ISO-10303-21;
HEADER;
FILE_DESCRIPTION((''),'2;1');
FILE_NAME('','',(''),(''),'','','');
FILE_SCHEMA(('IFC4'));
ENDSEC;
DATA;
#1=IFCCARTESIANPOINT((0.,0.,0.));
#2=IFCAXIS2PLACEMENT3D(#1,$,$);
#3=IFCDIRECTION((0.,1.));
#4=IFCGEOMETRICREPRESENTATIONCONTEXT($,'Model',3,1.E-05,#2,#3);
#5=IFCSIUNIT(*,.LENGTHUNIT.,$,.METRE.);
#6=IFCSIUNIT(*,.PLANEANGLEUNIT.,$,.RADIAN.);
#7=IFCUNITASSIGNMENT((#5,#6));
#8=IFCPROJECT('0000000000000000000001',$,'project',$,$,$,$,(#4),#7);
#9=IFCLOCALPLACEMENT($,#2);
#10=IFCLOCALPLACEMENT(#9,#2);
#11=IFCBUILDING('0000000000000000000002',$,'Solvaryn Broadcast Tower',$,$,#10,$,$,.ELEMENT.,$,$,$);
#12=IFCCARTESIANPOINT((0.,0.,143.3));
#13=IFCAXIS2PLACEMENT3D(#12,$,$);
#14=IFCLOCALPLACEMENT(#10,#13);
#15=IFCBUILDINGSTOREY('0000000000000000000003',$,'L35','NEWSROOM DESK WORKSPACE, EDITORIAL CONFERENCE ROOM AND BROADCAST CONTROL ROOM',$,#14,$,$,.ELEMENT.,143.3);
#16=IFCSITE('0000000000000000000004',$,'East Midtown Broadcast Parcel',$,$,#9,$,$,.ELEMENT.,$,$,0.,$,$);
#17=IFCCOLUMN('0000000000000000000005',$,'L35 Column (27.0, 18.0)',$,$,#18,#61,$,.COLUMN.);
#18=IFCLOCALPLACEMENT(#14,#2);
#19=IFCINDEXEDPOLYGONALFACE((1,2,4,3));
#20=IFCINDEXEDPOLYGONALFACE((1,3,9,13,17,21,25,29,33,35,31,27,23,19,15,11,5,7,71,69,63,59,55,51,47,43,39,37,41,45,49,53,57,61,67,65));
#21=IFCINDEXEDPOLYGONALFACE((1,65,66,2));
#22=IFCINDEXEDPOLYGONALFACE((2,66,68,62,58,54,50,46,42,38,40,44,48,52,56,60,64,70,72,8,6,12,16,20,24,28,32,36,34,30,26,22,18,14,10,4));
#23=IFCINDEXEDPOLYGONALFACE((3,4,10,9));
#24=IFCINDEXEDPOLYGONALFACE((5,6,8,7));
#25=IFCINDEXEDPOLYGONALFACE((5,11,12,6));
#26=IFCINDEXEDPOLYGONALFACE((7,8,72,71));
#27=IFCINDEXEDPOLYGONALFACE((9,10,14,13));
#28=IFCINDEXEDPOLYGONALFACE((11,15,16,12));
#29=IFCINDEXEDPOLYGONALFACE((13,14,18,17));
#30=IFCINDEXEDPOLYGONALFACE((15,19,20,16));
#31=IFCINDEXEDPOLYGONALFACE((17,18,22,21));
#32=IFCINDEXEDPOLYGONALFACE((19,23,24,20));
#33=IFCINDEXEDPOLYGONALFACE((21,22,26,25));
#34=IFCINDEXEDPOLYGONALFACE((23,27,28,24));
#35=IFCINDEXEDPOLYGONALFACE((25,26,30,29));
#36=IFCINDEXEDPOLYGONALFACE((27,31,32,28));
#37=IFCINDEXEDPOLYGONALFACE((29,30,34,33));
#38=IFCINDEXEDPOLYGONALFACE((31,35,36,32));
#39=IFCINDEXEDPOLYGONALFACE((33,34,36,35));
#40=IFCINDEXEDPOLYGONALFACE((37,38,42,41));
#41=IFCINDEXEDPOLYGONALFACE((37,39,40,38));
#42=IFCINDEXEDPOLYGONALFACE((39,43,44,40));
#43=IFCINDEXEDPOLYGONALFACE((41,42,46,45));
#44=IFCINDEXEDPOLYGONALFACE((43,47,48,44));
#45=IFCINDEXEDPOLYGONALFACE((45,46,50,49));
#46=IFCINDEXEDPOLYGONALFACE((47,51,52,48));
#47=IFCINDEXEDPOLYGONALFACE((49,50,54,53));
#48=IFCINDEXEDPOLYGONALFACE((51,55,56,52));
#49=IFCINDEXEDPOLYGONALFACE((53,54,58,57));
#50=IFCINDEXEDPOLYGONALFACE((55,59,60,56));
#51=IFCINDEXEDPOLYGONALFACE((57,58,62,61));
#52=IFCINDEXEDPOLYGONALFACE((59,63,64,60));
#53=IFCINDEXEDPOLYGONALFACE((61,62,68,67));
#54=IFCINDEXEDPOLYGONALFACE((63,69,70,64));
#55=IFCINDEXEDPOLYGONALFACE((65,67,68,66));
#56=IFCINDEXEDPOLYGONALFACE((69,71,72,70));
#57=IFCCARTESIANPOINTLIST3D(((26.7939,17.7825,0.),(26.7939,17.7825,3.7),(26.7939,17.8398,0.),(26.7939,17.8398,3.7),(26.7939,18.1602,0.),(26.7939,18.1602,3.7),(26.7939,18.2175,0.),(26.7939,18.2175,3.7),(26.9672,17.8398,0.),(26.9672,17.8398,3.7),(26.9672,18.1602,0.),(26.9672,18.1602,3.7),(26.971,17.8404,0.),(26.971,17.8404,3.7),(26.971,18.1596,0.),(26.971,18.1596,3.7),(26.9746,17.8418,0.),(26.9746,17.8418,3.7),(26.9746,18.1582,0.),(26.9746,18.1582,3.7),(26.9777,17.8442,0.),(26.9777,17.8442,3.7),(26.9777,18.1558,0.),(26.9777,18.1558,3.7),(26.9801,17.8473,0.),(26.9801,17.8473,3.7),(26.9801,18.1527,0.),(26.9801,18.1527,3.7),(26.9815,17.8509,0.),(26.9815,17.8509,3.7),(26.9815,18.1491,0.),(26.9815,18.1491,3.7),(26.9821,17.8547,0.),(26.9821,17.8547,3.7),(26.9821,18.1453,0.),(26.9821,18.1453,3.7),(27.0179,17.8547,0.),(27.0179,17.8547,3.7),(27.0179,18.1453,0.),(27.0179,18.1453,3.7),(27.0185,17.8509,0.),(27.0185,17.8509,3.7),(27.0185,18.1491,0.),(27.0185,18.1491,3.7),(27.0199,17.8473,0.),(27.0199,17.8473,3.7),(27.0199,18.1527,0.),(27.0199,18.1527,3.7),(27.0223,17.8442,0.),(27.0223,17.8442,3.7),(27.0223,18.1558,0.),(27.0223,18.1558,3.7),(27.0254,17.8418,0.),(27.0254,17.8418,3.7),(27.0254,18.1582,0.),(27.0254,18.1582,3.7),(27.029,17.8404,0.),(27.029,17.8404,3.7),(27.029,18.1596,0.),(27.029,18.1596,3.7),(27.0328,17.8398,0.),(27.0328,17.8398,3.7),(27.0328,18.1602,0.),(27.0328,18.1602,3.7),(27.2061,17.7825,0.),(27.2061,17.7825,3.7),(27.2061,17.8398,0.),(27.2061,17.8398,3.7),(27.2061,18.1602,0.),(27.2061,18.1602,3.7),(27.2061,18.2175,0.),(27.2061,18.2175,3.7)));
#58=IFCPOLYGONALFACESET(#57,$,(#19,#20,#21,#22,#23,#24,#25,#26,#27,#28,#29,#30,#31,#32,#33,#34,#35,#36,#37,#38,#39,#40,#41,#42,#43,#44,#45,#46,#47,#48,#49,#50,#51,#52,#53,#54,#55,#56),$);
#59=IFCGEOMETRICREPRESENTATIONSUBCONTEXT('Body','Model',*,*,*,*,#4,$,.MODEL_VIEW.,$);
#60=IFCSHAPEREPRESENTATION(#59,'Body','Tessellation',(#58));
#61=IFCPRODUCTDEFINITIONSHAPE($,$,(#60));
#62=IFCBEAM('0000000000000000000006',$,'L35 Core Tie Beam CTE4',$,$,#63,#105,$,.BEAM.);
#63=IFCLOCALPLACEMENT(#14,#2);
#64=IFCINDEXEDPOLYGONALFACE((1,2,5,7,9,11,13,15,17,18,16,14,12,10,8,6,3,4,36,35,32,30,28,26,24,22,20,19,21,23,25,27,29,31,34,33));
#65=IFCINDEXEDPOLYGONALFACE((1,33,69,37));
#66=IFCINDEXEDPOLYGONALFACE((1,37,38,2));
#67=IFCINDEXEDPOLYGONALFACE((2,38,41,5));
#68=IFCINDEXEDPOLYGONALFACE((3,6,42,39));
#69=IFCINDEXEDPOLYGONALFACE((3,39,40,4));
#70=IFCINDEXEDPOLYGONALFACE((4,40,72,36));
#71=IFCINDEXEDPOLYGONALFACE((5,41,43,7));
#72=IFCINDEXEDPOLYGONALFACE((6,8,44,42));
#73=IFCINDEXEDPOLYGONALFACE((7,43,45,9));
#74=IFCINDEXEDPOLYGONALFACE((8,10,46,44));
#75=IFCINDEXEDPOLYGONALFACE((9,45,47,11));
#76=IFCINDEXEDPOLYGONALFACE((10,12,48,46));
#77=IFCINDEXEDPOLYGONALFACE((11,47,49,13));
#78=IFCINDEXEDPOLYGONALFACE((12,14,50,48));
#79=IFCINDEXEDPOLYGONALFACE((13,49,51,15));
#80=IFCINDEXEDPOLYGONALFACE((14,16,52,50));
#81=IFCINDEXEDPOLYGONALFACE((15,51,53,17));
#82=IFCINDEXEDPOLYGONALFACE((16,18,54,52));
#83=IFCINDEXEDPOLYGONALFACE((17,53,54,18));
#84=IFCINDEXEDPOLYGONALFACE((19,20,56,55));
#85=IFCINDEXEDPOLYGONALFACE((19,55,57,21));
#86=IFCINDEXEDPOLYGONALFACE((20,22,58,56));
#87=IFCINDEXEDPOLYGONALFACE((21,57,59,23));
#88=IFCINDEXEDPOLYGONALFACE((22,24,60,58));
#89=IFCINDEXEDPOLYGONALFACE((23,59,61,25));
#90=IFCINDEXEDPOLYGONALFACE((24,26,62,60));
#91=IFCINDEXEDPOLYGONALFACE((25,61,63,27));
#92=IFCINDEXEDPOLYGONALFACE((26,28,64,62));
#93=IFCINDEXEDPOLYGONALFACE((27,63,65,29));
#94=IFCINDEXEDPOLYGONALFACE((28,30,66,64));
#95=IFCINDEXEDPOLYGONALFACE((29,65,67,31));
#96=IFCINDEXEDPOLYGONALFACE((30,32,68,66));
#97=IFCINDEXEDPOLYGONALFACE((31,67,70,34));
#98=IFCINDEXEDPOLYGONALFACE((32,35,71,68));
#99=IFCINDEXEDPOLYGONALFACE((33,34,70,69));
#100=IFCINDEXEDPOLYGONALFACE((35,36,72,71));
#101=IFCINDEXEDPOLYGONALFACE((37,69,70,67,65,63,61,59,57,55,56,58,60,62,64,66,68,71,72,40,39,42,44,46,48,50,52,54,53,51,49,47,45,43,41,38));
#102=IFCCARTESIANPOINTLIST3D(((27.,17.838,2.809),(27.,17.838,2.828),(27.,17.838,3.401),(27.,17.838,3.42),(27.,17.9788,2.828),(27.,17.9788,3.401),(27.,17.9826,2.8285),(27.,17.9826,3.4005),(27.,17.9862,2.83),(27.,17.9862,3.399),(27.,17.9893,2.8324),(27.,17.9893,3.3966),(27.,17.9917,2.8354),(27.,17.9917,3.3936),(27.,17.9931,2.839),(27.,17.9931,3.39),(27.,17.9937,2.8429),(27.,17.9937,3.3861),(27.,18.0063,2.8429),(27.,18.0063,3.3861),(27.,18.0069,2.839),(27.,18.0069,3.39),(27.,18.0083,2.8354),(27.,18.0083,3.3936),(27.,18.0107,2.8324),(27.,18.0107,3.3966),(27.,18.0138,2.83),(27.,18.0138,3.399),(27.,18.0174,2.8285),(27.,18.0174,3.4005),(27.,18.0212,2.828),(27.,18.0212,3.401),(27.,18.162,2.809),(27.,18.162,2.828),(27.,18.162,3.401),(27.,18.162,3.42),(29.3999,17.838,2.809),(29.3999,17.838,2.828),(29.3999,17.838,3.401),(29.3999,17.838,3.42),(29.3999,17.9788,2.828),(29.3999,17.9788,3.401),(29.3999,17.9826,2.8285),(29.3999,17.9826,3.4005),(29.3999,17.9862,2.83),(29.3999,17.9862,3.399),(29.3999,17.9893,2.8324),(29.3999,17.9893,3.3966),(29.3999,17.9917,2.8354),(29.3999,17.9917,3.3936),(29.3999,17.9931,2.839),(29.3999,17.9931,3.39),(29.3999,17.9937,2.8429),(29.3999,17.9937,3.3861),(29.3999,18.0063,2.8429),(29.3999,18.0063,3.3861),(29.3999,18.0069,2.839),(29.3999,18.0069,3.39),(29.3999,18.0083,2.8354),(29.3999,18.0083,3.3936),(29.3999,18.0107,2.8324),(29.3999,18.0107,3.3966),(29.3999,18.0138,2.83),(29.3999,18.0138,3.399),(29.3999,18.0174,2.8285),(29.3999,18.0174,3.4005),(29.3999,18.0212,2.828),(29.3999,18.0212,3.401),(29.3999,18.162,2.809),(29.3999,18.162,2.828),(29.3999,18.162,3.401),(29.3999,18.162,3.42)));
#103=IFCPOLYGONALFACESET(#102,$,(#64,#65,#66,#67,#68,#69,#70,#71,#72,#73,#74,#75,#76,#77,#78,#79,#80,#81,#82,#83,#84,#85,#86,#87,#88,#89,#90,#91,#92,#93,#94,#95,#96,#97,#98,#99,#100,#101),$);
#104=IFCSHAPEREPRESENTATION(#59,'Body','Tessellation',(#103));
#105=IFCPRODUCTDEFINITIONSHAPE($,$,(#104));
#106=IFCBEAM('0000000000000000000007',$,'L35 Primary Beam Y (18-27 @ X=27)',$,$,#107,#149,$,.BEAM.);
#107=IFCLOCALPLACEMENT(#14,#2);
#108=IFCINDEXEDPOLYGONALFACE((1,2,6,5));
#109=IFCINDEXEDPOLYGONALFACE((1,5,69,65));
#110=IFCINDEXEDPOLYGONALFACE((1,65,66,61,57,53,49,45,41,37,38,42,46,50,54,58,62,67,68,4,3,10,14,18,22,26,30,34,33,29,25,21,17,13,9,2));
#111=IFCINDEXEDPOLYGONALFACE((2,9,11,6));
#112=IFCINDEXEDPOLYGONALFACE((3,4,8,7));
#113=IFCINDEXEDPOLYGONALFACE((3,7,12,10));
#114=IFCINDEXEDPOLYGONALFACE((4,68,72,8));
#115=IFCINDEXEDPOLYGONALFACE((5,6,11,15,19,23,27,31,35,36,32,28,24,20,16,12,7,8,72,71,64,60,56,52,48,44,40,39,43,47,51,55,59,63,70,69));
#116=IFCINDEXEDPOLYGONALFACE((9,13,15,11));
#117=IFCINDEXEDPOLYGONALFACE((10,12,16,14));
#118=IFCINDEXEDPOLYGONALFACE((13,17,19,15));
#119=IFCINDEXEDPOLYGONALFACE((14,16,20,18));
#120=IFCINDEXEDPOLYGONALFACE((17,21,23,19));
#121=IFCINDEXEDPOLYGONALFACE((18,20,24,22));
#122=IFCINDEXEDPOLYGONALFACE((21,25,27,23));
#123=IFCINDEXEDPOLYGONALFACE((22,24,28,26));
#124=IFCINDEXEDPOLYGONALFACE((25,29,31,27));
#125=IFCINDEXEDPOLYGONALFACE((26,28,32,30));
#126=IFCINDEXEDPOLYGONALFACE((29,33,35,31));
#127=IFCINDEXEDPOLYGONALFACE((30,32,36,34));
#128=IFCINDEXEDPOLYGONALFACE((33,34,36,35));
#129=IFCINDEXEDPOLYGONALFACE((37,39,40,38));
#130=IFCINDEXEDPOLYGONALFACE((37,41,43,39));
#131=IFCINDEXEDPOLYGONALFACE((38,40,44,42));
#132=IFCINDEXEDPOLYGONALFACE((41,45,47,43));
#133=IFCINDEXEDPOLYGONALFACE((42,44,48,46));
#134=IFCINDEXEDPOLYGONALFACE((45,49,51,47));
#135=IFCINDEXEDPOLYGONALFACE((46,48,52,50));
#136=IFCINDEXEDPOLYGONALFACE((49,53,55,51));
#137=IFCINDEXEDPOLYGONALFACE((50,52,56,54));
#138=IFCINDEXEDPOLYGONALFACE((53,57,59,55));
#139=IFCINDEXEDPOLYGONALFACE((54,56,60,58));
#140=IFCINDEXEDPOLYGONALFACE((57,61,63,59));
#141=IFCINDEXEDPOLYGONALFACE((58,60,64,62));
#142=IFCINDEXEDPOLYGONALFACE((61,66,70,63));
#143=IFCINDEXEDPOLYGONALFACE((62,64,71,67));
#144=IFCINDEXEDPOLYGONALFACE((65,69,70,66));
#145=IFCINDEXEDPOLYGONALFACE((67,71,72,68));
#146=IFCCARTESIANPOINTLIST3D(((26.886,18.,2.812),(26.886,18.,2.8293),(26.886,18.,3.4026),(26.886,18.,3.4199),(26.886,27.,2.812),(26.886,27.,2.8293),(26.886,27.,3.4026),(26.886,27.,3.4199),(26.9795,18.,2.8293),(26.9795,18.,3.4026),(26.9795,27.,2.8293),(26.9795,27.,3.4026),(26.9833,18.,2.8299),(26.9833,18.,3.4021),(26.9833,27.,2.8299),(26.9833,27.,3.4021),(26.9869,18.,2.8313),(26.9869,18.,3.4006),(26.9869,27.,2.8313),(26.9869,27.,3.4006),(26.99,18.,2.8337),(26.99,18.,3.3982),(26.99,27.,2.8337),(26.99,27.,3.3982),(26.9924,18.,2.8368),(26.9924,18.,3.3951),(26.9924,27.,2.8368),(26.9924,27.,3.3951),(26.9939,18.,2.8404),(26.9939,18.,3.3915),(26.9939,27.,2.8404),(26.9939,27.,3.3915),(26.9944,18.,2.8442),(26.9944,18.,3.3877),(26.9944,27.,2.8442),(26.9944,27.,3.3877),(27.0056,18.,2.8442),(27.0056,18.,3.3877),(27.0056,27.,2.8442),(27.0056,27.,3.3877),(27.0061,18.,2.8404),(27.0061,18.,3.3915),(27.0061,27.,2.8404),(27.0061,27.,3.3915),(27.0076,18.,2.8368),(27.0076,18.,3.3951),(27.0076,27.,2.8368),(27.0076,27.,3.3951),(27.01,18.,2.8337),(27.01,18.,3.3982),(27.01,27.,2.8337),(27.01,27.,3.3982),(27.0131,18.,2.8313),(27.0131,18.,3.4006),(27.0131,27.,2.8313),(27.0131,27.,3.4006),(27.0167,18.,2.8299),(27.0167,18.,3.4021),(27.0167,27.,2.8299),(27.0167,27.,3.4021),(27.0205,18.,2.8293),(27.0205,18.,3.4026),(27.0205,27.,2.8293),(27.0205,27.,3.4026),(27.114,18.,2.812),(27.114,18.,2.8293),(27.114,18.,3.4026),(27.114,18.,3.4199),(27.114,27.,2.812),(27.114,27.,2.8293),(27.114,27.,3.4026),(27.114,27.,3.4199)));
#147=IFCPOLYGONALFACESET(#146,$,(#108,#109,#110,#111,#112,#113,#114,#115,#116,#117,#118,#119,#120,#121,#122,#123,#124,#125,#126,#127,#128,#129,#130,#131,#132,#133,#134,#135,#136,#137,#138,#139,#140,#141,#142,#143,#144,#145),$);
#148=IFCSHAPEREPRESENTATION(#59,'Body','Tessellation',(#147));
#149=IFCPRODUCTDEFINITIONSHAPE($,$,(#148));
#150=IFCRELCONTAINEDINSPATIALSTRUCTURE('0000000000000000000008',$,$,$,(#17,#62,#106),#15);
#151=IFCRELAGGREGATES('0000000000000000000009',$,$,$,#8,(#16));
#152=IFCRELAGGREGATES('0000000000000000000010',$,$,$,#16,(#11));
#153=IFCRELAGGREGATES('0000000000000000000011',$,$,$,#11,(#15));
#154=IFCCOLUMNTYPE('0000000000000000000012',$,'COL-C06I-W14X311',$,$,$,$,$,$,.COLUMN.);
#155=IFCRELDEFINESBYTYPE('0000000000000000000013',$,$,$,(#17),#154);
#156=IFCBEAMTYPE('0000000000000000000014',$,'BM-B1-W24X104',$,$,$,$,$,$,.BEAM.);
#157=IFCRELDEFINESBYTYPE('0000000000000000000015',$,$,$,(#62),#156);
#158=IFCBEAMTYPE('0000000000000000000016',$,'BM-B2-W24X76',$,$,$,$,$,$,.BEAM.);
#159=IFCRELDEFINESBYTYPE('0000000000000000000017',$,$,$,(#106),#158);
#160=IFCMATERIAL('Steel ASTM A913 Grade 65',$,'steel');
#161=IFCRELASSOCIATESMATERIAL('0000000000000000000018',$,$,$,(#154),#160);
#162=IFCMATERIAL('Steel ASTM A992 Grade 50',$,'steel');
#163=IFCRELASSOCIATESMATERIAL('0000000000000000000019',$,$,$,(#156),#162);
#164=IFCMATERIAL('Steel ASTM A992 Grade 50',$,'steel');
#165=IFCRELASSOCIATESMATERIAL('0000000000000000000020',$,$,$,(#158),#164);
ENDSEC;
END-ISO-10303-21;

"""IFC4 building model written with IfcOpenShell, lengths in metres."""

from ifc_helpers import new_model, si_unit, direction, frame, origin, origin_2d, place, context, subcontext, project, spatial, i_section, extrude, material, material_profile, profile_set, type_object, element, save


model = new_model("IFC4")

# Units and contexts
model_context = context("Model", 3, precision=1e-05, world=origin(), true_north=direction((0.0, 1.0)))
body_context = subcontext(model_context, "Body", "Model", "MODEL_VIEW")
ifc_project = project(units=[si_unit("LENGTHUNIT", "METRE"), si_unit("PLANEANGLEUNIT", "RADIAN")], contexts=[model_context])

# Site, building, storey
site_placement = place(None, origin())
site = spatial("IfcSite", under=ifc_project, at=site_placement, Name="East Midtown Broadcast Parcel", CompositionType="ELEMENT", RefElevation=0.0)
building_placement = place(site_placement, origin())
building = spatial("IfcBuilding", under=site, at=building_placement, Name="Solvaryn Broadcast Tower", CompositionType="ELEMENT")
storey_placement = place(building_placement, frame((0.0, 0.0, 143.3)))
storey = spatial("IfcBuildingStorey", under=building, at=storey_placement, Name="L35", Description="NEWSROOM DESK WORKSPACE, EDITORIAL CONFERENCE ROOM AND BROADCAST CONTROL ROOM", CompositionType="ELEMENT", Elevation=143.3)

# Column
ifc_material_1 = material(Name="Steel ASTM A913 Grade 65", Category="steel")
ifc_material_profile_1 = material_profile(ifc_material_1, i_section(OverallWidth=0.4121, OverallDepth=0.4351, WebThickness=0.0359, FlangeThickness=0.0574, FilletRadius=0.0149, at=origin_2d()))
ifc_profile_set_1 = profile_set([ifc_material_profile_1], Name="Steel ASTM A913 Grade 65")
column_type = type_object("IfcColumnType", Name="COL-C06I-W14X311", PredefinedType="COLUMN", material=ifc_profile_set_1)
column_placement = place(storey_placement, frame((27.0, 18.0, 0.0), z_axis=(0.0, 0.0, 1.0), x_axis=(1.0, 0.0, 0.0)))
element("IfcColumn", 1, at=column_placement, inside=storey, type_object=column_type, Name="L35 Column (27.0, 18.0)", PredefinedType="COLUMN", context=body_context, shape_type="SweptSolid", body=[
    extrude(i_section(OverallWidth=0.4121, OverallDepth=0.4351, WebThickness=0.0359, FlangeThickness=0.0574, FilletRadius=0.0149, at=origin_2d()), origin(), (0.0, 0.0, 1.0), 3.7),
])

# Beams
ifc_material_2 = material(Name="Steel ASTM A992 Grade 50", Category="steel")
ifc_material_profile_2 = material_profile(ifc_material_2, i_section(OverallWidth=0.324, OverallDepth=0.6111, WebThickness=0.0127, FlangeThickness=0.019, FilletRadius=0.0149, at=origin_2d()))
ifc_profile_set_2 = profile_set([ifc_material_profile_2], Name="Steel ASTM A992 Grade 50")
beam_type_1 = type_object("IfcBeamType", Name="BM-B1-W24X104", PredefinedType="BEAM", material=ifc_profile_set_2)
beam_1_placement = place(storey_placement, frame((27.0, 18.0, 3.1145), z_axis=(1.0, 0.0, 0.0), x_axis=(0.0, 1.0, 0.0)))
element("IfcBeam", 2, at=beam_1_placement, inside=storey, type_object=beam_type_1, Name="L35 Core Tie Beam CTE4", PredefinedType="BEAM", context=body_context, shape_type="SweptSolid", body=[
    extrude(i_section(OverallWidth=0.324, OverallDepth=0.6111, WebThickness=0.0127, FlangeThickness=0.019, FilletRadius=0.0149, at=origin_2d()), origin(), (0.0, 0.0, 1.0), 2.3999),
])
ifc_material_3 = material(Name="Steel ASTM A992 Grade 50", Category="steel")
ifc_material_profile_3 = material_profile(ifc_material_3, i_section(OverallWidth=0.228, OverallDepth=0.6079, WebThickness=0.0112, FlangeThickness=0.0173, FilletRadius=0.0149, at=origin_2d()))
ifc_profile_set_3 = profile_set([ifc_material_profile_3], Name="Steel ASTM A992 Grade 50")
beam_type_2 = type_object("IfcBeamType", Name="BM-B2-W24X76", PredefinedType="BEAM", material=ifc_profile_set_3)
beam_2_placement = place(storey_placement, frame((27.0, 18.0, 3.116), z_axis=(0.0, 1.0, 0.0), x_axis=(-1.0, 0.0, 0.0)))
element("IfcBeam", 3, at=beam_2_placement, inside=storey, type_object=beam_type_2, Name="L35 Primary Beam Y (18-27 @ X=27)", PredefinedType="BEAM", context=body_context, shape_type="SweptSolid", body=[
    extrude(i_section(OverallWidth=0.228, OverallDepth=0.6079, WebThickness=0.0112, FlangeThickness=0.0173, FilletRadius=0.0149, at=origin_2d()), origin(), (0.0, 0.0, 1.0), 9.0),
])

save(model, "model.ifc")
